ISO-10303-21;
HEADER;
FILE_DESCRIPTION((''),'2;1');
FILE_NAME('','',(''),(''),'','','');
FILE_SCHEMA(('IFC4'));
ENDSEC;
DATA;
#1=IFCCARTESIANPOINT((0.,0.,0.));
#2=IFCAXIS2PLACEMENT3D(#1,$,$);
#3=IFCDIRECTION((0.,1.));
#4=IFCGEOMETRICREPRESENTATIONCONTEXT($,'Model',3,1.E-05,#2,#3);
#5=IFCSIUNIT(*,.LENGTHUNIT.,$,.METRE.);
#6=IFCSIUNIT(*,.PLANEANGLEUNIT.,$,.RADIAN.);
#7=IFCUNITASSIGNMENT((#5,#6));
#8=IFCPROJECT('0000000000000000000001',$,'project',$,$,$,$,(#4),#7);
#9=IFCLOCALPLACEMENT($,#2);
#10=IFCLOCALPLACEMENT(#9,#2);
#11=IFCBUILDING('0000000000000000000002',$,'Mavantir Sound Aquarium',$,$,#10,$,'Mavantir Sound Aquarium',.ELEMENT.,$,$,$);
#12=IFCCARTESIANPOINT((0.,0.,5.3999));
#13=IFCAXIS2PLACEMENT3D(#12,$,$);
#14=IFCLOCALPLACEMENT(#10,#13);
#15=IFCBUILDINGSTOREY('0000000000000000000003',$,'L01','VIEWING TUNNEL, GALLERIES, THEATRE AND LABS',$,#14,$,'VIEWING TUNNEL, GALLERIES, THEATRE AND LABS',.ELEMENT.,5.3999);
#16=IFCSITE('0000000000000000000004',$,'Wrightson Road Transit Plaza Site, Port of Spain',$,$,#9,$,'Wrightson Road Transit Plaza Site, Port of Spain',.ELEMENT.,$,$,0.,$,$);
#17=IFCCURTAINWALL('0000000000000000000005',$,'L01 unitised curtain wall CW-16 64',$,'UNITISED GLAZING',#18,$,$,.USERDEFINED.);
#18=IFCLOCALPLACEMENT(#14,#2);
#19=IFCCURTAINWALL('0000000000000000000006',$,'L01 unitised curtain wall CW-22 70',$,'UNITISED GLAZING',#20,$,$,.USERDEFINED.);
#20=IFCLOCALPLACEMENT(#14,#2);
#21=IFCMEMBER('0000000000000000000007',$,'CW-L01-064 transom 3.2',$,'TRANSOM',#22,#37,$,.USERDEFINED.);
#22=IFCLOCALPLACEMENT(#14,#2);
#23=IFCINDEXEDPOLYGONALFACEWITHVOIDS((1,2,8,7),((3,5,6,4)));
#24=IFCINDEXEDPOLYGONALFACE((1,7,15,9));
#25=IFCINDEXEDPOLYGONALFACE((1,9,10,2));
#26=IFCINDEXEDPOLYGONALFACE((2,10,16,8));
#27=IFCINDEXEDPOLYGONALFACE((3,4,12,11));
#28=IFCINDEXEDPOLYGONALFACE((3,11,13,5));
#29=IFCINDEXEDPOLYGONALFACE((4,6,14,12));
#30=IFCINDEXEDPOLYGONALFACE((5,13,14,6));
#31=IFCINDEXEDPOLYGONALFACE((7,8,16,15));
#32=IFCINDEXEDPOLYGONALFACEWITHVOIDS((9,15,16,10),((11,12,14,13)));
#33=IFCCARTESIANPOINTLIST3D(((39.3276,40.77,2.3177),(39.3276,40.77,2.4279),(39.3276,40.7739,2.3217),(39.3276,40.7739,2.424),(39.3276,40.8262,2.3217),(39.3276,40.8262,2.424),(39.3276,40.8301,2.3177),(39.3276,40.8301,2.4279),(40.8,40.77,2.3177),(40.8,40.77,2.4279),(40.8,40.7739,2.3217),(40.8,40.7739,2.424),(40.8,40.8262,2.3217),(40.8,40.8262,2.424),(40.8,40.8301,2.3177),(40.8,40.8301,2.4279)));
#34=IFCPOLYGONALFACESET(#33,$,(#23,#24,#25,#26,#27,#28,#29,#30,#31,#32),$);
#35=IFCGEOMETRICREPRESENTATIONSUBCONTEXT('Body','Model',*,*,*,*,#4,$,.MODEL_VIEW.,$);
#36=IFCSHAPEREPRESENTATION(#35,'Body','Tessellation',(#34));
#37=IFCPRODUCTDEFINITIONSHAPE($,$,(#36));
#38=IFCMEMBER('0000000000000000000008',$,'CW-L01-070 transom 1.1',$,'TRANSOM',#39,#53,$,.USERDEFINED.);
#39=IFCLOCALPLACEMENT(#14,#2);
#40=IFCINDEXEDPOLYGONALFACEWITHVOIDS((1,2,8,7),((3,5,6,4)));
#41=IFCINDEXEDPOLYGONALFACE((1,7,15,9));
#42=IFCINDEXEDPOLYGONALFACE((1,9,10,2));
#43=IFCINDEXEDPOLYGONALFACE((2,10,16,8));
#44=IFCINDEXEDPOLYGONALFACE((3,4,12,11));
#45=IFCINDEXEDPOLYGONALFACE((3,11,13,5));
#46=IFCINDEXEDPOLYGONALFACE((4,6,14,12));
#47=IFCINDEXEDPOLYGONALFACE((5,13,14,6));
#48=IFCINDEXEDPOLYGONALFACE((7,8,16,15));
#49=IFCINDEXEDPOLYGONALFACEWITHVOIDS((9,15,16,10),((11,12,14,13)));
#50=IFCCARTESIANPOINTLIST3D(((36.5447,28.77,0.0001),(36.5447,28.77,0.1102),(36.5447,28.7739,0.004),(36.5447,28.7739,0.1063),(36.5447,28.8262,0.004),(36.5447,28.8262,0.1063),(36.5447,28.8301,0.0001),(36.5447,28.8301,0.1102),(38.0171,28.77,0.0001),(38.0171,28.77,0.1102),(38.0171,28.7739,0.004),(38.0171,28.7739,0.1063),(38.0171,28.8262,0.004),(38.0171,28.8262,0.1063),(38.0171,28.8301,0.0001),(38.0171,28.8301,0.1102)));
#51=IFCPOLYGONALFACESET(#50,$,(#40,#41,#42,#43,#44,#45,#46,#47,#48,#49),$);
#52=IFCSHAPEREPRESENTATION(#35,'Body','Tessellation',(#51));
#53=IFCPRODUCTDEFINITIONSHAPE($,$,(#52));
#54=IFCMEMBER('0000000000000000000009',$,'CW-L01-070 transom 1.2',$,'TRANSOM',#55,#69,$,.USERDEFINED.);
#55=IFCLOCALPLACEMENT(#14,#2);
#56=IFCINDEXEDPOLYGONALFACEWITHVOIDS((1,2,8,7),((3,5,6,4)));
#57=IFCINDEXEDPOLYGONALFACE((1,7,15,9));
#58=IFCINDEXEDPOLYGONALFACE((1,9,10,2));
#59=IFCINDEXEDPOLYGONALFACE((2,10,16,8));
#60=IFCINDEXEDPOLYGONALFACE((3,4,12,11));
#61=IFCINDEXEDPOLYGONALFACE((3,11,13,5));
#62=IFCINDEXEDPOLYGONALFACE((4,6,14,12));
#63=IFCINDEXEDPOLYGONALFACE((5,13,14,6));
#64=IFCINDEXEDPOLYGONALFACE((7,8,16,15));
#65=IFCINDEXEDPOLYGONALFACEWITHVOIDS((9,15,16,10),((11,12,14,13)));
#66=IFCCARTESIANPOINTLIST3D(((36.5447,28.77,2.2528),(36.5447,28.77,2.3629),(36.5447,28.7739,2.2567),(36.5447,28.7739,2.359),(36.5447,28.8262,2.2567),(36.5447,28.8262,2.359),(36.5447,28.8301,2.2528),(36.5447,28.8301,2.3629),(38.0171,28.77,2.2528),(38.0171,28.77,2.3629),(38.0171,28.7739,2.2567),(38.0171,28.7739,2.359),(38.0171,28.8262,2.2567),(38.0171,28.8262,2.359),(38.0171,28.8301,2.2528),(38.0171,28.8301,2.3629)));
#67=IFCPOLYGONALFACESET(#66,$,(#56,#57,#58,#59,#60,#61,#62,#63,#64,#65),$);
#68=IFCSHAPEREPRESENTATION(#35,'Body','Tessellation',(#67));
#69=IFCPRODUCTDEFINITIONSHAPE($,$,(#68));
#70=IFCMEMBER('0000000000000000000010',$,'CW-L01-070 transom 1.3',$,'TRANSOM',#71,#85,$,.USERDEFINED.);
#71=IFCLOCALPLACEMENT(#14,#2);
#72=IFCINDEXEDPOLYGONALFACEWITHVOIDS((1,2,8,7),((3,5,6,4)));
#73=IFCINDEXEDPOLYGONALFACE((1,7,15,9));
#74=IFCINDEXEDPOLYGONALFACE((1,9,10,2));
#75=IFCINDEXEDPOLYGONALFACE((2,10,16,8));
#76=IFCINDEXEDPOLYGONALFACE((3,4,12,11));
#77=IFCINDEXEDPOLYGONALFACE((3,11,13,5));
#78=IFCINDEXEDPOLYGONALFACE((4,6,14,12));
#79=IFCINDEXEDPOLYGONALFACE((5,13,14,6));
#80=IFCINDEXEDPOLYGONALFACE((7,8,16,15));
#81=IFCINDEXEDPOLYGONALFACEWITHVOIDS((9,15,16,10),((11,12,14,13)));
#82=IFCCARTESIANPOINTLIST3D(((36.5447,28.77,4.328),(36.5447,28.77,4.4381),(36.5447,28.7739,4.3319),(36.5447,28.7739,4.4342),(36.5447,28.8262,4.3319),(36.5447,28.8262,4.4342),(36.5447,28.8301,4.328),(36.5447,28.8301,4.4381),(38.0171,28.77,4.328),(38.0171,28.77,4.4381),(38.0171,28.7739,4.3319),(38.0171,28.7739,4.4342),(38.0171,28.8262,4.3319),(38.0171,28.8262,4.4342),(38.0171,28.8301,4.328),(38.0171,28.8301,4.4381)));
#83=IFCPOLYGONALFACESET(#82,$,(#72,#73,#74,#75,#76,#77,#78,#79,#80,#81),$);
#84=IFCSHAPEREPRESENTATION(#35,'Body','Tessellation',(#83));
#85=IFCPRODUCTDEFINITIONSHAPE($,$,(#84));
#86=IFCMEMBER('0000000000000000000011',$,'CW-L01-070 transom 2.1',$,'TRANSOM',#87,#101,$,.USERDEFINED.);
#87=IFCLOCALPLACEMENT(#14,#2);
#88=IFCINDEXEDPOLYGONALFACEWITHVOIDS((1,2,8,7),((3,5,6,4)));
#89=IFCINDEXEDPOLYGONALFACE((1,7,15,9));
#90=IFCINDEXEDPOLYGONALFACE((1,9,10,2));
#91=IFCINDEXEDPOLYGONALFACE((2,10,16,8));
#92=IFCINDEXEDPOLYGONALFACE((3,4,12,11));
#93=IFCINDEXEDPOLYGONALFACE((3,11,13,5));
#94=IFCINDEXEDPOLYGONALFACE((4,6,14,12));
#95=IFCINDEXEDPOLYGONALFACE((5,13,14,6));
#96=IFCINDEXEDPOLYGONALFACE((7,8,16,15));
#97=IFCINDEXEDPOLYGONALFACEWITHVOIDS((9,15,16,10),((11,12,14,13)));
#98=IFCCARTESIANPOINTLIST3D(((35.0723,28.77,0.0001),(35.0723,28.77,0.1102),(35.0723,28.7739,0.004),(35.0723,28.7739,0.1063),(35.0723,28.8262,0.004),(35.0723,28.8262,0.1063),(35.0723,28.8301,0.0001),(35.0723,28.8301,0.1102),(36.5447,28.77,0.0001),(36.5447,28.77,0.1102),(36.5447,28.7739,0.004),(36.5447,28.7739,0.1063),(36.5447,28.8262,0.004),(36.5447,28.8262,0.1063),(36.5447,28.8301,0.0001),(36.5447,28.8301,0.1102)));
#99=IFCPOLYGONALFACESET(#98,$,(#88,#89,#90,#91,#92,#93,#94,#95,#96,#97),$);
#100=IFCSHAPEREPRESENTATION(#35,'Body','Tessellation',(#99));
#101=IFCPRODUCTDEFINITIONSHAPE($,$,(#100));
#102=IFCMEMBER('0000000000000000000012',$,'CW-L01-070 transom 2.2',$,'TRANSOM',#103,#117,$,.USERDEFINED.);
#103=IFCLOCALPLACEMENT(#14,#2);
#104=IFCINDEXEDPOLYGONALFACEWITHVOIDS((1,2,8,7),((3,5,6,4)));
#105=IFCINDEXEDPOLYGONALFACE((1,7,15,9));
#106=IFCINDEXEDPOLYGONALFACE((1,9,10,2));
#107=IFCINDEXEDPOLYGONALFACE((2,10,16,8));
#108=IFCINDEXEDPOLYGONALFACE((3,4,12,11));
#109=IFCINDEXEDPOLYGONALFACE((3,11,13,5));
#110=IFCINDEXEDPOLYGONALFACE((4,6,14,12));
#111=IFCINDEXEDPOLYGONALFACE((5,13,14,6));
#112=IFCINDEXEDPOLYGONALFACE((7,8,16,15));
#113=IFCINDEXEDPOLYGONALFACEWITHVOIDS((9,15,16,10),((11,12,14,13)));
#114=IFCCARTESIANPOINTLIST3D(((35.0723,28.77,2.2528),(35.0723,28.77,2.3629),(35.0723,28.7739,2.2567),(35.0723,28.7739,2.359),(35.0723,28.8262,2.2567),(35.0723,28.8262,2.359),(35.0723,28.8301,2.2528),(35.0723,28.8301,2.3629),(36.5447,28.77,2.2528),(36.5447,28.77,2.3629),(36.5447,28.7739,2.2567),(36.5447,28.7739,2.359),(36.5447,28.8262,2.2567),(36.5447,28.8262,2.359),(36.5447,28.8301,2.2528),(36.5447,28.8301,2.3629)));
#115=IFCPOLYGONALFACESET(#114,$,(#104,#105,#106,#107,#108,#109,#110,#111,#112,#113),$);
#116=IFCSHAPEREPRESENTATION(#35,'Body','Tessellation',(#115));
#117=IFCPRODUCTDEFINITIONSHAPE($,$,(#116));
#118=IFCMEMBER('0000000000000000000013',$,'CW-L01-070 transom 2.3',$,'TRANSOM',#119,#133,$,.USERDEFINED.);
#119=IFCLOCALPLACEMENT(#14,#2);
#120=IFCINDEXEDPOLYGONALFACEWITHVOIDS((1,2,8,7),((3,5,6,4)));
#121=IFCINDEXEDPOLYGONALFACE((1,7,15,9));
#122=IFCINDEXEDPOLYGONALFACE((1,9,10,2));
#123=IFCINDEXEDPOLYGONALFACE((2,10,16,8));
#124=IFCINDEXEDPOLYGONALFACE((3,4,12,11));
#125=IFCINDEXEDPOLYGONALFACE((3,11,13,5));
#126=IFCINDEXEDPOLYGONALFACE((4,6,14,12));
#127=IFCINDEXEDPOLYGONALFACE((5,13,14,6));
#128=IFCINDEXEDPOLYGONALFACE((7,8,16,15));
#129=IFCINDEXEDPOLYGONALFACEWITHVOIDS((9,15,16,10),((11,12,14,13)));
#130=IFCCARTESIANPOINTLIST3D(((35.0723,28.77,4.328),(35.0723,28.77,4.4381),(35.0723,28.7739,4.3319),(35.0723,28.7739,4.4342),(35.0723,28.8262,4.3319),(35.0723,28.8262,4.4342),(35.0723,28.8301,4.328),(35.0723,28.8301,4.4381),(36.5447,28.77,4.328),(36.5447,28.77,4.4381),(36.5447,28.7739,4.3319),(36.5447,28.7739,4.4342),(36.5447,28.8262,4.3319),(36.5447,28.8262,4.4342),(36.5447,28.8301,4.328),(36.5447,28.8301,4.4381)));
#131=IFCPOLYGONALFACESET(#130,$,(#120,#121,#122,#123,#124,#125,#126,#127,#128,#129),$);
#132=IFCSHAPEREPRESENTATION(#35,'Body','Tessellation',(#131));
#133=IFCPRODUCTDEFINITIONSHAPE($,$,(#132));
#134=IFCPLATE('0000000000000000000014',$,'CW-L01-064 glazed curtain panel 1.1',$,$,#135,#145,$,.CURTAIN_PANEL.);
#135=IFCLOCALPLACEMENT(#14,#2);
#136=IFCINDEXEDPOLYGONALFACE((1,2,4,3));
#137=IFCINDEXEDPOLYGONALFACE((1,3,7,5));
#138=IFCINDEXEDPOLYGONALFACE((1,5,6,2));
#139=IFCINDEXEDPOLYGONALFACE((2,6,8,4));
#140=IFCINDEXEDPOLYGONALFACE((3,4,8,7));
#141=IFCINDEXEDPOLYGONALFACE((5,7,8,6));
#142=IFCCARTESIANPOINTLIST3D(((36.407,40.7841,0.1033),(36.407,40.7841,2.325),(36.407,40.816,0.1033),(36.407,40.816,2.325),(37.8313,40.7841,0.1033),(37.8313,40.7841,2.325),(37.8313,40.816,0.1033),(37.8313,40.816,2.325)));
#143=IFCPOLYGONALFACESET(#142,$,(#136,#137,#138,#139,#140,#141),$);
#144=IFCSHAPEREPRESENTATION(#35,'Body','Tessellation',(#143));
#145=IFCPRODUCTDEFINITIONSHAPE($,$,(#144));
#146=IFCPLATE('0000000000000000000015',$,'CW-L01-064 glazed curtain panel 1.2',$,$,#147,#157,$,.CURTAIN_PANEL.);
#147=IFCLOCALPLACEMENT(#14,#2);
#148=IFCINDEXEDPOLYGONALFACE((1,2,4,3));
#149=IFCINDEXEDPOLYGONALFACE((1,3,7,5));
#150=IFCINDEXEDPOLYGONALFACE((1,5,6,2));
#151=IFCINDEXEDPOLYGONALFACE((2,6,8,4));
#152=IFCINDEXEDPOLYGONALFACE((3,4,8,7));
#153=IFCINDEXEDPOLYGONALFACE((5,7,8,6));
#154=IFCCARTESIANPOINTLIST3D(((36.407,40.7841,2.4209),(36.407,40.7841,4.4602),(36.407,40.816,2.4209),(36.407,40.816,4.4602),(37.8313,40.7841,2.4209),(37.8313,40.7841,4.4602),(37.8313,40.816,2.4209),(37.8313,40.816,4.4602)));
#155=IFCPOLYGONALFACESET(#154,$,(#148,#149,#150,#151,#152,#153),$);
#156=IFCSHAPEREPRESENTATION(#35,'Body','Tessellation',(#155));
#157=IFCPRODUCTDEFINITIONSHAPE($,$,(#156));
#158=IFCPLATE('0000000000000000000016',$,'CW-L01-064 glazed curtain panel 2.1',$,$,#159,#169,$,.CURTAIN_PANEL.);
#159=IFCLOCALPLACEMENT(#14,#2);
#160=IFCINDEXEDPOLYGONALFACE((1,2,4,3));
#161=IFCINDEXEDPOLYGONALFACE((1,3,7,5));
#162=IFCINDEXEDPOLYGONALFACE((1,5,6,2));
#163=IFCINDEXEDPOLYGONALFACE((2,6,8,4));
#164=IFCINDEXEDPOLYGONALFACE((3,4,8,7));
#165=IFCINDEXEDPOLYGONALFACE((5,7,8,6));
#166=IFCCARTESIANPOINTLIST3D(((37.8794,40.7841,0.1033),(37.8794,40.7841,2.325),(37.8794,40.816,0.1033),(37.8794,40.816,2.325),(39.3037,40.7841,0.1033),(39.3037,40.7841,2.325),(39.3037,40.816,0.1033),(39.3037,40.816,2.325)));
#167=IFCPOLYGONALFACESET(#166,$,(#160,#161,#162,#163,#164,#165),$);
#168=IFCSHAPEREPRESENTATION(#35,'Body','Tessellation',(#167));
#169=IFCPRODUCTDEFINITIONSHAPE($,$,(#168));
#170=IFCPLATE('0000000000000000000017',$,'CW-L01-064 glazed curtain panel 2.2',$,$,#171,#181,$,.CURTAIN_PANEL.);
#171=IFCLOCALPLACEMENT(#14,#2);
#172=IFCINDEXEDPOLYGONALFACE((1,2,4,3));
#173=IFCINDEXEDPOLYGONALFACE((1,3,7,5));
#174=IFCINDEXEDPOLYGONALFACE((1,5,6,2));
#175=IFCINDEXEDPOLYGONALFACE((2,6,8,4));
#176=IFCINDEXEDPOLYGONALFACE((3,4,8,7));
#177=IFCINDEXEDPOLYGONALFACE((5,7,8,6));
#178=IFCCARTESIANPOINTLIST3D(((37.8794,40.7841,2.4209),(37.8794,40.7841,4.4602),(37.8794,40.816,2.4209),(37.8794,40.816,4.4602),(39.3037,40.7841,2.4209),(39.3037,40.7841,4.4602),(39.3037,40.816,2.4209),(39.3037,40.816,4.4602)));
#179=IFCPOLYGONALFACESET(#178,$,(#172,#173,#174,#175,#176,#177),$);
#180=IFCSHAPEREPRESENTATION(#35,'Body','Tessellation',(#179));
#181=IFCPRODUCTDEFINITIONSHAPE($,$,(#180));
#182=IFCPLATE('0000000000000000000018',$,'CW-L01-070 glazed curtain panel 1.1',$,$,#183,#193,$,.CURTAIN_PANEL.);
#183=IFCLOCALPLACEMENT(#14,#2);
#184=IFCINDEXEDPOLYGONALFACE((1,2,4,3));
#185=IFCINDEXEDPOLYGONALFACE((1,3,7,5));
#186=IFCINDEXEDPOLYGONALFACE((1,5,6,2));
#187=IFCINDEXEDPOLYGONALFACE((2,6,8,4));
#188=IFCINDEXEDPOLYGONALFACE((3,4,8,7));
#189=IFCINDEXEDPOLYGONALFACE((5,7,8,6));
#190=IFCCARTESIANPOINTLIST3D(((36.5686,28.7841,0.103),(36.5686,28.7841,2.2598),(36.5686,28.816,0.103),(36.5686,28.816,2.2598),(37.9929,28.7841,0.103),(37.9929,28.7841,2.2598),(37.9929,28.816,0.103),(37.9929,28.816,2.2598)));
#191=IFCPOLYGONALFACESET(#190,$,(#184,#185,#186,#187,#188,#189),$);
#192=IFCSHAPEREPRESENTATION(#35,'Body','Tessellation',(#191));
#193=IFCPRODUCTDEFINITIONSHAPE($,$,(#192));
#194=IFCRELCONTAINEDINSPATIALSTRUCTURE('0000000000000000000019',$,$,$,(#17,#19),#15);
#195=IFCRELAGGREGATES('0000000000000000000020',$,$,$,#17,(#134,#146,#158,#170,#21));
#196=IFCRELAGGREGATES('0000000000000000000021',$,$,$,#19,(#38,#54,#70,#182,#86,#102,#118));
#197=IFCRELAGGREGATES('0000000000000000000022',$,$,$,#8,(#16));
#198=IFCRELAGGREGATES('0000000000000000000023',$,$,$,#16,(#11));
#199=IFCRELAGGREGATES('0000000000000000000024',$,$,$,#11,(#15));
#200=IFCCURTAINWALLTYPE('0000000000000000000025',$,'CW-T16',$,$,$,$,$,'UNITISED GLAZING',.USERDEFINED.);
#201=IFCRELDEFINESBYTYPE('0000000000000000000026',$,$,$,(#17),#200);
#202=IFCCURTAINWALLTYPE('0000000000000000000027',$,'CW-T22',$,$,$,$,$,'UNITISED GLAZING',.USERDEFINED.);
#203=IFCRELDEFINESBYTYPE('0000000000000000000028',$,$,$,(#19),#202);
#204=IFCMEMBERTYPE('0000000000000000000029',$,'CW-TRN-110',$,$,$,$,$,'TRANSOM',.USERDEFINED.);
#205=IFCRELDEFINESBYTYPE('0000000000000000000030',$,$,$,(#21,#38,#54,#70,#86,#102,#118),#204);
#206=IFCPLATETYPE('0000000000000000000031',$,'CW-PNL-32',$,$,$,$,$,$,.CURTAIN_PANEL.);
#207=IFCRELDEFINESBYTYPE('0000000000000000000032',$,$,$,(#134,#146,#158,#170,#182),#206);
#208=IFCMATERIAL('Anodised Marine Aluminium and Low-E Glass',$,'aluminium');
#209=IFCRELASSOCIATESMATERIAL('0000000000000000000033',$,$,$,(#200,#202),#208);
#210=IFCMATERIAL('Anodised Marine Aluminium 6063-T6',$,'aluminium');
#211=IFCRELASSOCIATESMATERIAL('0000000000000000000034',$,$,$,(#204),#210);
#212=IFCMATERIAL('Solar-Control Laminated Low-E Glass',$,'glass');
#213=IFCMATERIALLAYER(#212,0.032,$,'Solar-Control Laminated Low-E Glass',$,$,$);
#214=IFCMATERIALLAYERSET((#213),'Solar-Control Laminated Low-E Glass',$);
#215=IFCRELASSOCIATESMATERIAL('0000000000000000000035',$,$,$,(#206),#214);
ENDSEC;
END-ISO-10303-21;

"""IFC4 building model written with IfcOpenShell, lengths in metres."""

from ifc_helpers import new_model, si_unit, direction, frame, origin, origin_2d, place, context, subcontext, project, spatial, rectangle, hollow_rectangle, extrude, material, layer, layer_set, material_profile, profile_set, type_object, element, aggregate, save


model = new_model("IFC4")

# Units and contexts
model_context = context("Model", 3, precision=1e-05, world=origin(), true_north=direction((0.0, 1.0)))
body_context = subcontext(model_context, "Body", "Model", "MODEL_VIEW")
ifc_project = project(units=[si_unit("LENGTHUNIT", "METRE"), si_unit("PLANEANGLEUNIT", "RADIAN")], contexts=[model_context])

# Site, building, storey
site_placement = place(None, origin())
site = spatial("IfcSite", under=ifc_project, at=site_placement, Name="Wrightson Road Transit Plaza Site, Port of Spain", LongName="Wrightson Road Transit Plaza Site, Port of Spain", CompositionType="ELEMENT", RefElevation=0.0)
building_placement = place(site_placement, origin())
building = spatial("IfcBuilding", under=site, at=building_placement, Name="Mavantir Sound Aquarium", LongName="Mavantir Sound Aquarium", CompositionType="ELEMENT")
storey_placement = place(building_placement, frame((0.0, 0.0, 5.3999)))
storey = spatial("IfcBuildingStorey", under=building, at=storey_placement, Name="L01", Description="VIEWING TUNNEL, GALLERIES, THEATRE AND LABS", LongName="VIEWING TUNNEL, GALLERIES, THEATRE AND LABS", CompositionType="ELEMENT", Elevation=5.3999)

# Curtain walls
ifc_material_1 = material(Name="Anodised Marine Aluminium and Low-E Glass", Category="aluminium")
curtain_wall_type_1 = type_object("IfcCurtainWallType", Name="CW-T16", ElementType="UNITISED GLAZING", PredefinedType="USERDEFINED", material=ifc_material_1)
curtain_wall_1_placement = place(storey_placement, origin())
curtain_wall_1 = element("IfcCurtainWall", 1, at=curtain_wall_1_placement, inside=storey, type_object=curtain_wall_type_1, Name="L01 unitised curtain wall CW-16 64", ObjectType="UNITISED GLAZING", PredefinedType="USERDEFINED")
ifc_material_2 = material(Name="Anodised Marine Aluminium 6063-T6", Category="aluminium")
curtain_wall_type_2 = type_object("IfcCurtainWallType", Name="CW-T22", ElementType="UNITISED GLAZING", PredefinedType="USERDEFINED", material=ifc_material_1)
curtain_wall_2_placement = place(storey_placement, origin())
curtain_wall_2 = element("IfcCurtainWall", 2, at=curtain_wall_2_placement, inside=storey, type_object=curtain_wall_type_2, Name="L01 unitised curtain wall CW-22 70", ObjectType="UNITISED GLAZING", PredefinedType="USERDEFINED")

# Members
ifc_material_profile_1 = material_profile(ifc_material_2, hollow_rectangle(XDim=0.0601, YDim=0.1101, WallThickness=0.0039, at=origin_2d()), Name="ALU-TRANSOM-110X60")
ifc_profile_set_1 = profile_set([ifc_material_profile_1], Name="Anodised Marine Aluminium 6063-T6")
member_type_1 = type_object("IfcMemberType", Name="CW-TRN-110", ElementType="TRANSOM", PredefinedType="USERDEFINED", material=ifc_profile_set_1)
member_1_placement = place(storey_placement, frame((39.3276, 40.8, 2.3728), z_axis=(1.0, 0.0, 0.0), x_axis=(0.0, 1.0, 0.0)))
member_1 = element("IfcMember", 3, at=member_1_placement, type_object=member_type_1, Name="CW-L01-064 transom 3.2", ObjectType="TRANSOM", PredefinedType="USERDEFINED", context=body_context, shape_type="SweptSolid", body=[
    extrude(hollow_rectangle(XDim=0.0601, YDim=0.1101, WallThickness=0.0039, at=origin_2d()), origin(), (0.0, 0.0, 1.0), 1.4724),
])
member_2_placement = place(storey_placement, frame((38.0171, 28.8, 0.0552), z_axis=(-1.0, 0.0, 0.0), x_axis=(0.0, -1.0, 0.0)))
member_2 = element("IfcMember", 4, at=member_2_placement, type_object=member_type_1, Name="CW-L01-070 transom 1.1", ObjectType="TRANSOM", PredefinedType="USERDEFINED", context=body_context, shape_type="SweptSolid", body=[
    extrude(hollow_rectangle(XDim=0.0601, YDim=0.1101, WallThickness=0.0039, at=origin_2d()), origin(), (0.0, 0.0, 1.0), 1.4724),
])
member_3_placement = place(storey_placement, frame((38.0171, 28.8, 2.3079), z_axis=(-1.0, 0.0, 0.0), x_axis=(0.0, -1.0, 0.0)))
member_3 = element("IfcMember", 5, at=member_3_placement, type_object=member_type_1, Name="CW-L01-070 transom 1.2", ObjectType="TRANSOM", PredefinedType="USERDEFINED", context=body_context, shape_type="SweptSolid", body=[
    extrude(hollow_rectangle(XDim=0.0601, YDim=0.1101, WallThickness=0.0039, at=origin_2d()), origin(), (0.0, 0.0, 1.0), 1.4724),
])
member_4_placement = place(storey_placement, frame((38.0171, 28.8, 4.3831), z_axis=(-1.0, 0.0, 0.0), x_axis=(0.0, -1.0, 0.0)))
member_4 = element("IfcMember", 6, at=member_4_placement, type_object=member_type_1, Name="CW-L01-070 transom 1.3", ObjectType="TRANSOM", PredefinedType="USERDEFINED", context=body_context, shape_type="SweptSolid", body=[
    extrude(hollow_rectangle(XDim=0.0601, YDim=0.1101, WallThickness=0.0039, at=origin_2d()), origin(), (0.0, 0.0, 1.0), 1.4724),
])
member_5_placement = place(storey_placement, frame((36.5447, 28.8, 0.0552), z_axis=(-1.0, 0.0, 0.0), x_axis=(0.0, -1.0, 0.0)))
member_5 = element("IfcMember", 7, at=member_5_placement, type_object=member_type_1, Name="CW-L01-070 transom 2.1", ObjectType="TRANSOM", PredefinedType="USERDEFINED", context=body_context, shape_type="SweptSolid", body=[
    extrude(hollow_rectangle(XDim=0.0601, YDim=0.1101, WallThickness=0.0039, at=origin_2d()), origin(), (0.0, 0.0, 1.0), 1.4724),
])
member_6_placement = place(storey_placement, frame((36.5447, 28.8, 2.3079), z_axis=(-1.0, 0.0, 0.0), x_axis=(0.0, -1.0, 0.0)))
member_6 = element("IfcMember", 8, at=member_6_placement, type_object=member_type_1, Name="CW-L01-070 transom 2.2", ObjectType="TRANSOM", PredefinedType="USERDEFINED", context=body_context, shape_type="SweptSolid", body=[
    extrude(hollow_rectangle(XDim=0.0601, YDim=0.1101, WallThickness=0.0039, at=origin_2d()), origin(), (0.0, 0.0, 1.0), 1.4724),
])
member_7_placement = place(storey_placement, frame((36.5447, 28.8, 4.3831), z_axis=(-1.0, 0.0, 0.0), x_axis=(0.0, -1.0, 0.0)))
member_7 = element("IfcMember", 9, at=member_7_placement, type_object=member_type_1, Name="CW-L01-070 transom 2.3", ObjectType="TRANSOM", PredefinedType="USERDEFINED", context=body_context, shape_type="SweptSolid", body=[
    extrude(hollow_rectangle(XDim=0.0601, YDim=0.1101, WallThickness=0.0039, at=origin_2d()), origin(), (0.0, 0.0, 1.0), 1.4724),
])

# Plates
ifc_material_3 = material(Name="Solar-Control Laminated Low-E Glass", Category="glass")
ifc_layer_1 = layer(ifc_material_3, 0.032, Name="Solar-Control Laminated Low-E Glass")
ifc_layer_set_1 = layer_set([ifc_layer_1], Name="Solar-Control Laminated Low-E Glass")
plate_type = type_object("IfcPlateType", Name="CW-PNL-32", PredefinedType="CURTAIN_PANEL", material=ifc_layer_set_1)
plate_1_placement = place(storey_placement, frame((37.1191, 40.8, 0.1033), z_axis=(0.0, 0.0, 1.0), x_axis=(1.0, 0.0, 0.0)))
plate_1 = element("IfcPlate", 10, at=plate_1_placement, type_object=plate_type, Name="CW-L01-064 glazed curtain panel 1.1", PredefinedType="CURTAIN_PANEL", context=body_context, shape_type="SweptSolid", body=[
    extrude(rectangle(XDim=1.4243, YDim=0.032, at=origin_2d()), origin(), (0.0, 0.0, 1.0), 2.2217),
])
plate_2_placement = place(storey_placement, frame((37.1191, 40.8, 2.4209), z_axis=(0.0, 0.0, 1.0), x_axis=(1.0, 0.0, 0.0)))
plate_2 = element("IfcPlate", 11, at=plate_2_placement, type_object=plate_type, Name="CW-L01-064 glazed curtain panel 1.2", PredefinedType="CURTAIN_PANEL", context=body_context, shape_type="SweptSolid", body=[
    extrude(rectangle(XDim=1.4243, YDim=0.032, at=origin_2d()), origin(), (0.0, 0.0, 1.0), 2.0393),
])
plate_3_placement = place(storey_placement, frame((38.5916, 40.8, 0.1033), z_axis=(0.0, 0.0, 1.0), x_axis=(1.0, 0.0, 0.0)))
plate_3 = element("IfcPlate", 12, at=plate_3_placement, type_object=plate_type, Name="CW-L01-064 glazed curtain panel 2.1", PredefinedType="CURTAIN_PANEL", context=body_context, shape_type="SweptSolid", body=[
    extrude(rectangle(XDim=1.4243, YDim=0.032, at=origin_2d()), origin(), (0.0, 0.0, 1.0), 2.2217),
])
plate_4_placement = place(storey_placement, frame((38.5916, 40.8, 2.4209), z_axis=(0.0, 0.0, 1.0), x_axis=(1.0, 0.0, 0.0)))
plate_4 = element("IfcPlate", 13, at=plate_4_placement, type_object=plate_type, Name="CW-L01-064 glazed curtain panel 2.2", PredefinedType="CURTAIN_PANEL", context=body_context, shape_type="SweptSolid", body=[
    extrude(rectangle(XDim=1.4243, YDim=0.032, at=origin_2d()), origin(), (0.0, 0.0, 1.0), 2.0393),
])
aggregate(curtain_wall_1, [plate_1, plate_2, plate_3, plate_4, member_1])
plate_5_placement = place(storey_placement, frame((37.2808, 28.8, 0.103), z_axis=(0.0, 0.0, 1.0), x_axis=(-1.0, 0.0, 0.0)))
plate_5 = element("IfcPlate", 14, at=plate_5_placement, type_object=plate_type, Name="CW-L01-070 glazed curtain panel 1.1", PredefinedType="CURTAIN_PANEL", context=body_context, shape_type="SweptSolid", body=[
    extrude(rectangle(XDim=1.4243, YDim=0.032, at=origin_2d()), origin(), (0.0, 0.0, 1.0), 2.1567),
])
aggregate(curtain_wall_2, [member_2, member_3, member_4, plate_5, member_5, member_6, member_7])

save(model, "model.ifc")
